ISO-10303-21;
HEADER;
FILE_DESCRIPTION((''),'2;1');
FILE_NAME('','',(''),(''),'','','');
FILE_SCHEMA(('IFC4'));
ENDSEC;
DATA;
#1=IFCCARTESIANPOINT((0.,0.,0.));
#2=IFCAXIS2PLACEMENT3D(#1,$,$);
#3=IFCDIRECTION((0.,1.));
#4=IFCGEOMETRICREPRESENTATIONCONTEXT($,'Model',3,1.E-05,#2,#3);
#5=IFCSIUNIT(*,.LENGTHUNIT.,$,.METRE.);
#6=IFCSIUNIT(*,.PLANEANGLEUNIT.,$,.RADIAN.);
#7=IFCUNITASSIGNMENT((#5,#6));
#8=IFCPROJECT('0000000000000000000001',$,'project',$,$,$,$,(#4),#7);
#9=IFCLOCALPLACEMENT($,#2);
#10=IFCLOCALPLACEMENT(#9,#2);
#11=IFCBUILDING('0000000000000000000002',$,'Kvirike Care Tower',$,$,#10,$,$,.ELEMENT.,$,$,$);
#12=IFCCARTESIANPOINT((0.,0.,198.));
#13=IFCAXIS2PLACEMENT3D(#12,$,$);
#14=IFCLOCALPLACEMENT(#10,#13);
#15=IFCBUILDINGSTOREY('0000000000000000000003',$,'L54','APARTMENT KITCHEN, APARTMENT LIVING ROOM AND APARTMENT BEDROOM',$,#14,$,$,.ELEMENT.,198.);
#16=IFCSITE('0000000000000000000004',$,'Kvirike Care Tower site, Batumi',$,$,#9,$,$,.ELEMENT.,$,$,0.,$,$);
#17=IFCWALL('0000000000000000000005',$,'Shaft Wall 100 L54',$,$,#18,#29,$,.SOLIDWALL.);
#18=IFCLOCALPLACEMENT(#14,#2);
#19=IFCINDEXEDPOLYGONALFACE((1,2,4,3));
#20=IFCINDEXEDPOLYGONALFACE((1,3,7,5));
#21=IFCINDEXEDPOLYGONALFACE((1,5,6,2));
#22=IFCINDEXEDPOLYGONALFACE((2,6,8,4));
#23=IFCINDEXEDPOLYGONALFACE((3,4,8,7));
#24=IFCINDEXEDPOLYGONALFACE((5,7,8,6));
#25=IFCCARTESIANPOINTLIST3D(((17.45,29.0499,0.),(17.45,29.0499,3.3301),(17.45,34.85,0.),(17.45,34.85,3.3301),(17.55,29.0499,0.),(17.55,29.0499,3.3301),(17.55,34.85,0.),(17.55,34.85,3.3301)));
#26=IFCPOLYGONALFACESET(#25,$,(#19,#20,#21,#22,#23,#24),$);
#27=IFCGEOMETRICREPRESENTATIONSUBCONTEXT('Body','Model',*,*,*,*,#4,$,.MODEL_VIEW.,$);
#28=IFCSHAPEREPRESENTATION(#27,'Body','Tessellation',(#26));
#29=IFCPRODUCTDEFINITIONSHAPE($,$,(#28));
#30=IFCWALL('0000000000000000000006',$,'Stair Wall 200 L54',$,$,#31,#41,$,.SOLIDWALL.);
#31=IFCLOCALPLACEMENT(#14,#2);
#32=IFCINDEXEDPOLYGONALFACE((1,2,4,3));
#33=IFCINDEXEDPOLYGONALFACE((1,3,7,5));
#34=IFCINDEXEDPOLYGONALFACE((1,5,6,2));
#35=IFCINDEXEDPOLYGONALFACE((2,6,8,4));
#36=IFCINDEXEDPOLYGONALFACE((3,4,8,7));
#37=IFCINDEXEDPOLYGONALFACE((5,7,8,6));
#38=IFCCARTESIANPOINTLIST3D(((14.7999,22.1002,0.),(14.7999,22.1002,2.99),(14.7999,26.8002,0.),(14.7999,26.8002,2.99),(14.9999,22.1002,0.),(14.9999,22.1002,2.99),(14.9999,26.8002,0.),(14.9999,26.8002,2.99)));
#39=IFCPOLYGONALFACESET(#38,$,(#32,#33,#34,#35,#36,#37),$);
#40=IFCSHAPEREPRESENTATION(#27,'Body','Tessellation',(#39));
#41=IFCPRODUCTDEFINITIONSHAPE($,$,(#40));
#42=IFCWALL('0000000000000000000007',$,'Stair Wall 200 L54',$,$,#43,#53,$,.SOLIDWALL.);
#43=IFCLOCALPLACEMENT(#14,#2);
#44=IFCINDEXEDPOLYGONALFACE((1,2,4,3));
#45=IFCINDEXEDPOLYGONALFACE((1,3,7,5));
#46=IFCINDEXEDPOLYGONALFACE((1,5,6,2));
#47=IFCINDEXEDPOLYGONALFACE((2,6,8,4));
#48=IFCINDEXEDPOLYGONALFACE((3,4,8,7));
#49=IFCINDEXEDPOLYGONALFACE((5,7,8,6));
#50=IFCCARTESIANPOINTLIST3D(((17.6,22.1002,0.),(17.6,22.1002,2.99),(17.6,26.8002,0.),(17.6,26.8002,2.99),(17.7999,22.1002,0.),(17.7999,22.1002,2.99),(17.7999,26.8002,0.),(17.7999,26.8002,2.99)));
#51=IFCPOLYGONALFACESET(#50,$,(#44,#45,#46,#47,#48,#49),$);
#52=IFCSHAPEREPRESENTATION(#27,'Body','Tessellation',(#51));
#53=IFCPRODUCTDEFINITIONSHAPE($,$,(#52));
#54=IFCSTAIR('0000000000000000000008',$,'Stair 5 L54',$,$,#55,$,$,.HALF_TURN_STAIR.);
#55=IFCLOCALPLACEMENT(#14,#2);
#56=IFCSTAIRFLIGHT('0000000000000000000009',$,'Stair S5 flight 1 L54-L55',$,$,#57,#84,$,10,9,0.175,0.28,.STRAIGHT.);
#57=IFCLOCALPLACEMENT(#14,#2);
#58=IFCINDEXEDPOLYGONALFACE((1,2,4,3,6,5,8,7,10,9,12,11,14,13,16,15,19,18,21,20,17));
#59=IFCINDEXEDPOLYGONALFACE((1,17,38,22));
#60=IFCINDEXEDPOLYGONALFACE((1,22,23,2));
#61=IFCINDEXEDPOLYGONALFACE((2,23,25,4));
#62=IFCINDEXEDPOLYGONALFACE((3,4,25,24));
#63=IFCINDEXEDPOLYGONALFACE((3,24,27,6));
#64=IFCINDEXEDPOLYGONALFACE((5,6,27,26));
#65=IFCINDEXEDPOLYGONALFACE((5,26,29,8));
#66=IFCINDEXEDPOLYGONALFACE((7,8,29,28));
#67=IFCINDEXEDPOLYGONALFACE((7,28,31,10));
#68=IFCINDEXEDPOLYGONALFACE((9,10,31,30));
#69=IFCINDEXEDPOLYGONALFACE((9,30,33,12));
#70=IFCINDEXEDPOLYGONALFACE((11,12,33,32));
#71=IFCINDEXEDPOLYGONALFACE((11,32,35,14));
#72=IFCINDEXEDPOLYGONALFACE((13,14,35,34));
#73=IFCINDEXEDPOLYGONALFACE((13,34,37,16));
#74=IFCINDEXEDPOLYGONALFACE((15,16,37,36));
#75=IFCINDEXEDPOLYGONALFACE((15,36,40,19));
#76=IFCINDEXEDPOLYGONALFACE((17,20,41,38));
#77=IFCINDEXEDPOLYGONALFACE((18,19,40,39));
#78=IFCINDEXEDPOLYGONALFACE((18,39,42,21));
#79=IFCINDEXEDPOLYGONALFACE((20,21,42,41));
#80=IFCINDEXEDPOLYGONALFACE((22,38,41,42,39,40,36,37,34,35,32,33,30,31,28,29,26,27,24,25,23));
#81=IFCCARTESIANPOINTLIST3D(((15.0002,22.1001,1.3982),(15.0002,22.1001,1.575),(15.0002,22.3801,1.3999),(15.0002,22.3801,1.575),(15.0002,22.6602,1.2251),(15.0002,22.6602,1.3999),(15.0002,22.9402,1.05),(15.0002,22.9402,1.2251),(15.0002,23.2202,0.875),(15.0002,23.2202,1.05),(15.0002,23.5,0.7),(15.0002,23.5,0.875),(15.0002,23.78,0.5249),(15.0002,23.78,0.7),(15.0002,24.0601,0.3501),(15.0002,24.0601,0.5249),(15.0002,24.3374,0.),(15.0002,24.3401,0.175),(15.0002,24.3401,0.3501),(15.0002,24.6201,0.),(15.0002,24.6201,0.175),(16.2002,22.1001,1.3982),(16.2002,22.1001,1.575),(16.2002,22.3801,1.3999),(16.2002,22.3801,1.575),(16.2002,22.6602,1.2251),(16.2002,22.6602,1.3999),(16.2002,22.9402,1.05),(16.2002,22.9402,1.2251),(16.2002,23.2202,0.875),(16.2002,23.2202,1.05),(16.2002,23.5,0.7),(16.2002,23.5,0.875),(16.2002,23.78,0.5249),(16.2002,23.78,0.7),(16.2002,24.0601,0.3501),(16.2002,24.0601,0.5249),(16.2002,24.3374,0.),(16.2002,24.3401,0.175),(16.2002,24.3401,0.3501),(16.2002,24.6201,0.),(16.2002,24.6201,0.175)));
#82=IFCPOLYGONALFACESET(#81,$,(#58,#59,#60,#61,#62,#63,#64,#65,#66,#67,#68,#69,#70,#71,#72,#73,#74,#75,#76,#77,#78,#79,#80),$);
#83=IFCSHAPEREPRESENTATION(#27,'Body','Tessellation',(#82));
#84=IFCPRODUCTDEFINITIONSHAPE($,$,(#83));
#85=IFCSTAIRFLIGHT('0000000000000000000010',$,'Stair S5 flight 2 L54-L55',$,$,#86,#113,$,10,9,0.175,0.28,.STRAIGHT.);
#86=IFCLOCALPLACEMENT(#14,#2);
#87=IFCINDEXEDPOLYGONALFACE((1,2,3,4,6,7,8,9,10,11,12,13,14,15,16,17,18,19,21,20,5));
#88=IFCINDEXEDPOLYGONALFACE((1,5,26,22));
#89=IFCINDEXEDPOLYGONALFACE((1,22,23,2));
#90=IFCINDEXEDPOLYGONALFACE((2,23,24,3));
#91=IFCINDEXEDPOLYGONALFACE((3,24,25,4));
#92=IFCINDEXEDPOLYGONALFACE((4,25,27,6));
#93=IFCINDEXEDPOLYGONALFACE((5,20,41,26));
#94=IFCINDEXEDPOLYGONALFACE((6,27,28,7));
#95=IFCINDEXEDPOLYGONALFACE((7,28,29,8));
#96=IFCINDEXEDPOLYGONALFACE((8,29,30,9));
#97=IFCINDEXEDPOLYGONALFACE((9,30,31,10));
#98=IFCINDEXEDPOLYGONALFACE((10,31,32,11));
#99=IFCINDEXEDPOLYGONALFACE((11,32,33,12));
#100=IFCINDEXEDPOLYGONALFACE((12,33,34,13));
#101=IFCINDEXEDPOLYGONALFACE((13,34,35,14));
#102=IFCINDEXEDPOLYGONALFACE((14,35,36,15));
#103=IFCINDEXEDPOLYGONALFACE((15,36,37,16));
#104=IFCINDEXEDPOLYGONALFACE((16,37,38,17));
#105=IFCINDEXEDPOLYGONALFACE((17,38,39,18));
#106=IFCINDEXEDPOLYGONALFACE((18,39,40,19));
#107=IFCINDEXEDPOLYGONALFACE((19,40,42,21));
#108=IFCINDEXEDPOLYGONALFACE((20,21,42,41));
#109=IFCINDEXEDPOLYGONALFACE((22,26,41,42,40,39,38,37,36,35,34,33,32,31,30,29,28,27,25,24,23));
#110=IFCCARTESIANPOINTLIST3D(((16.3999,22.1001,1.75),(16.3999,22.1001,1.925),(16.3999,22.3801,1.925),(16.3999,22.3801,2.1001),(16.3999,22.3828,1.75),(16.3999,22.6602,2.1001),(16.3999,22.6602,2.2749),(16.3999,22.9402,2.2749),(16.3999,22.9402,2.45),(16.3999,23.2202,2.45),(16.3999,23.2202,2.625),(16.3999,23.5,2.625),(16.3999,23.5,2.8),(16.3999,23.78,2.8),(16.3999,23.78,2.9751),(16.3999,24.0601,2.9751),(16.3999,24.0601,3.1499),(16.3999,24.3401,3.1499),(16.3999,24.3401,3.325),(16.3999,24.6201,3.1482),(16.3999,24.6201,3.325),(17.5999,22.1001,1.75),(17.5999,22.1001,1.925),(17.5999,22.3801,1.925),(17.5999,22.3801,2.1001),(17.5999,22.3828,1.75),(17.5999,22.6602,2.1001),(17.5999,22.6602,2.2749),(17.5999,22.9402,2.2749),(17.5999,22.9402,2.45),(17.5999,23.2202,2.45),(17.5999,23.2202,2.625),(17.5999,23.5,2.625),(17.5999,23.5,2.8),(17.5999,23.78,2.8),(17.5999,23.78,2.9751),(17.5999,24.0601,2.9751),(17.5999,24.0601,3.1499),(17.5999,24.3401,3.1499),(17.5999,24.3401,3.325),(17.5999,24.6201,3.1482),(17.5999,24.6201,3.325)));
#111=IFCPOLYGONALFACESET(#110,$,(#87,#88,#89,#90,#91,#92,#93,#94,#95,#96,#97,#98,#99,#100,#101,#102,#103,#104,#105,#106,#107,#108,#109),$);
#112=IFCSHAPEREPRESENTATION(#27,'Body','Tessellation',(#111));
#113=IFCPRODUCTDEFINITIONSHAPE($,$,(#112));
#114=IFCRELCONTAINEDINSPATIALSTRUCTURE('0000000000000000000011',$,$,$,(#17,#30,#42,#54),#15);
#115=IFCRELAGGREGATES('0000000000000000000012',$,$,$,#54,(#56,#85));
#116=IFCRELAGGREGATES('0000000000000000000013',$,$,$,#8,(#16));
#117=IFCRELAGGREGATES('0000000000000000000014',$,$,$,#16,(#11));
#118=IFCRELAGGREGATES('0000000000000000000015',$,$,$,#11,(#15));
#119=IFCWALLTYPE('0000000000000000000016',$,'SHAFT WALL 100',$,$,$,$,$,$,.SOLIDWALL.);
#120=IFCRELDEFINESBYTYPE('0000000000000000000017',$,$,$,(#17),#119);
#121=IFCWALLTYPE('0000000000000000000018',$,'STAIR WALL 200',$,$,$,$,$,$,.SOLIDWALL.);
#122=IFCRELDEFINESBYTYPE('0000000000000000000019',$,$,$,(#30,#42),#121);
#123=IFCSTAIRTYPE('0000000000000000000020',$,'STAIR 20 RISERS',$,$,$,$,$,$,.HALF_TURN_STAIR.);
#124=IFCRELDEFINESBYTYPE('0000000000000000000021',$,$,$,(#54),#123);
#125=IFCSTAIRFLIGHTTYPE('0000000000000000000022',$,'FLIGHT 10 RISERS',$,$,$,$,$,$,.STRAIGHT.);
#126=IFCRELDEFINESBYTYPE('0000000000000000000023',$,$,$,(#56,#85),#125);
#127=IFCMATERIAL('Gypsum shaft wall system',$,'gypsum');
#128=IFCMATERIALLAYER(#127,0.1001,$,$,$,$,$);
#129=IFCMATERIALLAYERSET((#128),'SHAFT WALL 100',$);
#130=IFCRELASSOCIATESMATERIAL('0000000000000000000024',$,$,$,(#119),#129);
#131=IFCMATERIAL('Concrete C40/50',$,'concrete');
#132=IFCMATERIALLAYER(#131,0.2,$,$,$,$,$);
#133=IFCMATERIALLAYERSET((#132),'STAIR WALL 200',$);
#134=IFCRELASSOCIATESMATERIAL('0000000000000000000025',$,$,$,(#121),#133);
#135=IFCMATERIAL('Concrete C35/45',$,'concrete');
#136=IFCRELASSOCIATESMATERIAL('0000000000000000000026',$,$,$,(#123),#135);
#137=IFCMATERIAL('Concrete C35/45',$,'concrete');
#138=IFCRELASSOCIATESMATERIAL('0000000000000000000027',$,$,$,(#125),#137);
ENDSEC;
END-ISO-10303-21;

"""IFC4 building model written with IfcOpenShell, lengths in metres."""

from ifc_helpers import new_model, si_unit, direction, frame, frame_2d, origin, place, context, subcontext, project, spatial, polyline, rectangle, outline, extrude, material, layer, layer_set, type_object, element, aggregate, save


model = new_model("IFC4")

# Units and contexts
model_context = context("Model", 3, precision=1e-05, world=origin(), true_north=direction((0.0, 1.0)))
body_context = subcontext(model_context, "Body", "Model", "MODEL_VIEW")
ifc_project = project(units=[si_unit("LENGTHUNIT", "METRE"), si_unit("PLANEANGLEUNIT", "RADIAN")], contexts=[model_context])

# Site, building, storey
site_placement = place(None, origin())
site = spatial("IfcSite", under=ifc_project, at=site_placement, Name="Kvirike Care Tower site, Batumi", CompositionType="ELEMENT", RefElevation=0.0)
building_placement = place(site_placement, origin())
building = spatial("IfcBuilding", under=site, at=building_placement, Name="Kvirike Care Tower", CompositionType="ELEMENT")
storey_placement = place(building_placement, frame((0.0, 0.0, 198.0)))
storey = spatial("IfcBuildingStorey", under=building, at=storey_placement, Name="L54", Description="APARTMENT KITCHEN, APARTMENT LIVING ROOM AND APARTMENT BEDROOM", CompositionType="ELEMENT", Elevation=198.0)

# Walls
ifc_material_1 = material(Name="Gypsum shaft wall system", Category="gypsum")
ifc_layer_1 = layer(ifc_material_1, 0.1001)
ifc_layer_set_1 = layer_set([ifc_layer_1], Name="SHAFT WALL 100")
wall_type_1 = type_object("IfcWallType", Name="SHAFT WALL 100", PredefinedType="SOLIDWALL", material=ifc_layer_set_1)
wall_1_placement = place(storey_placement, frame((17.5, 29.05, 0.0), z_axis=(0.0, 0.0, 1.0), x_axis=(0.0, 1.0, 0.0)))
element("IfcWall", 1, at=wall_1_placement, inside=storey, type_object=wall_type_1, Name="Shaft Wall 100 L54", PredefinedType="SOLIDWALL", context=body_context, shape_type="SweptSolid", body=[
    extrude(rectangle(XDim=5.8, YDim=0.1001, at=frame_2d((2.8999, 0.0))), origin(), (0.0, 0.0, 1.0), 3.3301),
])
ifc_material_2 = material(Name="Concrete C40/50", Category="concrete")
ifc_layer_2 = layer(ifc_material_2, 0.2)
ifc_layer_set_2 = layer_set([ifc_layer_2], Name="STAIR WALL 200")
wall_type_2 = type_object("IfcWallType", Name="STAIR WALL 200", PredefinedType="SOLIDWALL", material=ifc_layer_set_2)
for number, where, z_axis, x_axis, name in (
    (2, (14.8999, 22.1001, 0.0), (0.0, 0.0, 1.0), (0.0, 1.0, 0.0), "Stair Wall 200 L54"),
    (3, (17.7, 22.1001, 0.0), (0.0, 0.0, 1.0), (0.0, 1.0, 0.0), "Stair Wall 200 L54"),
):
    element("IfcWall", number, at=place(storey_placement, frame(where, z_axis=z_axis, x_axis=x_axis)), inside=storey, type_object=wall_type_2, Name=name, PredefinedType="SOLIDWALL", context=body_context, shape_type="SweptSolid", body=[
        extrude(rectangle(XDim=4.7, YDim=0.2, at=frame_2d((2.3501, 0.0))), origin(), (0.0, 0.0, 1.0), 2.99),
    ])

# Stair, stair flights
ifc_material_3 = material(Name="Concrete C35/45", Category="concrete")
stair_type = type_object("IfcStairType", Name="STAIR 20 RISERS", PredefinedType="HALF_TURN_STAIR", material=ifc_material_3)
stair_placement = place(storey_placement, origin())
stair = element("IfcStair", 4, at=stair_placement, inside=storey, type_object=stair_type, Name="Stair 5 L54", PredefinedType="HALF_TURN_STAIR")
ifc_material_4 = material(Name="Concrete C35/45", Category="concrete")
stair_flight_type = type_object("IfcStairFlightType", Name="FLIGHT 10 RISERS", PredefinedType="STRAIGHT", material=ifc_material_4)
stair_flight_1_placement = place(storey_placement, frame((15.6001, 24.6201, 0.0), z_axis=(0.0, 0.0, 1.0), x_axis=(0.0, -1.0, 0.0)))
stair_flight_1 = element("IfcStairFlight", 5, at=stair_flight_1_placement, type_object=stair_flight_type, Name="Stair S5 flight 1 L54-L55", NumberOfRisers=10, NumberOfTreads=9, PredefinedType="STRAIGHT", RiserHeight=0.175, TreadLength=0.28, context=body_context, shape_type="SweptSolid", body=[
    extrude(outline(polyline([(0.0, 0.0), (0.0, 0.175), (0.28, 0.175), (0.28, 0.3501), (0.5601, 0.3501), (0.5601, 0.5249), (0.8401, 0.5249), (0.8401, 0.7), (1.1201, 0.7), (1.1201, 0.875), (1.3999, 0.875), (1.3999, 1.05), (1.6799, 1.05), (1.6799, 1.2251), (1.96, 1.2251), (1.96, 1.3999), (2.24, 1.3999), (2.24, 1.575), (2.52, 1.575), (2.52, 1.75), (2.52, 1.3982), (0.2827, 0.0), (0.0, 0.0)])), frame((0.0, 0.6001, 0.0), z_axis=(0.0, -1.0, 0.0), x_axis=(1.0, 0.0, 0.0)), (0.0, 0.0, 1.0), 1.2),
])
stair_flight_2_placement = place(storey_placement, frame((17.0, 22.1001, 1.75), z_axis=(0.0, 0.0, 1.0), x_axis=(0.0, 1.0, 0.0)))
stair_flight_2 = element("IfcStairFlight", 6, at=stair_flight_2_placement, type_object=stair_flight_type, Name="Stair S5 flight 2 L54-L55", NumberOfRisers=10, NumberOfTreads=9, PredefinedType="STRAIGHT", RiserHeight=0.175, TreadLength=0.28, context=body_context, shape_type="SweptSolid", body=[
    extrude(outline(polyline([(0.0, 0.0), (0.0, 0.175), (0.28, 0.175), (0.28, 0.3501), (0.5601, 0.3501), (0.5601, 0.5249), (0.8401, 0.5249), (0.8401, 0.7), (1.1201, 0.7), (1.1201, 0.875), (1.3999, 0.875), (1.3999, 1.05), (1.6799, 1.05), (1.6799, 1.2251), (1.96, 1.2251), (1.96, 1.3999), (2.24, 1.3999), (2.24, 1.575), (2.52, 1.575), (2.52, 1.75), (2.52, 1.3982), (0.2827, 0.0), (0.0, 0.0)])), frame((0.0, 0.6001, 0.0), z_axis=(0.0, -1.0, 0.0), x_axis=(1.0, 0.0, 0.0)), (0.0, 0.0, 1.0), 1.2),
])
aggregate(stair, [stair_flight_1, stair_flight_2])

save(model, "model.ifc")
